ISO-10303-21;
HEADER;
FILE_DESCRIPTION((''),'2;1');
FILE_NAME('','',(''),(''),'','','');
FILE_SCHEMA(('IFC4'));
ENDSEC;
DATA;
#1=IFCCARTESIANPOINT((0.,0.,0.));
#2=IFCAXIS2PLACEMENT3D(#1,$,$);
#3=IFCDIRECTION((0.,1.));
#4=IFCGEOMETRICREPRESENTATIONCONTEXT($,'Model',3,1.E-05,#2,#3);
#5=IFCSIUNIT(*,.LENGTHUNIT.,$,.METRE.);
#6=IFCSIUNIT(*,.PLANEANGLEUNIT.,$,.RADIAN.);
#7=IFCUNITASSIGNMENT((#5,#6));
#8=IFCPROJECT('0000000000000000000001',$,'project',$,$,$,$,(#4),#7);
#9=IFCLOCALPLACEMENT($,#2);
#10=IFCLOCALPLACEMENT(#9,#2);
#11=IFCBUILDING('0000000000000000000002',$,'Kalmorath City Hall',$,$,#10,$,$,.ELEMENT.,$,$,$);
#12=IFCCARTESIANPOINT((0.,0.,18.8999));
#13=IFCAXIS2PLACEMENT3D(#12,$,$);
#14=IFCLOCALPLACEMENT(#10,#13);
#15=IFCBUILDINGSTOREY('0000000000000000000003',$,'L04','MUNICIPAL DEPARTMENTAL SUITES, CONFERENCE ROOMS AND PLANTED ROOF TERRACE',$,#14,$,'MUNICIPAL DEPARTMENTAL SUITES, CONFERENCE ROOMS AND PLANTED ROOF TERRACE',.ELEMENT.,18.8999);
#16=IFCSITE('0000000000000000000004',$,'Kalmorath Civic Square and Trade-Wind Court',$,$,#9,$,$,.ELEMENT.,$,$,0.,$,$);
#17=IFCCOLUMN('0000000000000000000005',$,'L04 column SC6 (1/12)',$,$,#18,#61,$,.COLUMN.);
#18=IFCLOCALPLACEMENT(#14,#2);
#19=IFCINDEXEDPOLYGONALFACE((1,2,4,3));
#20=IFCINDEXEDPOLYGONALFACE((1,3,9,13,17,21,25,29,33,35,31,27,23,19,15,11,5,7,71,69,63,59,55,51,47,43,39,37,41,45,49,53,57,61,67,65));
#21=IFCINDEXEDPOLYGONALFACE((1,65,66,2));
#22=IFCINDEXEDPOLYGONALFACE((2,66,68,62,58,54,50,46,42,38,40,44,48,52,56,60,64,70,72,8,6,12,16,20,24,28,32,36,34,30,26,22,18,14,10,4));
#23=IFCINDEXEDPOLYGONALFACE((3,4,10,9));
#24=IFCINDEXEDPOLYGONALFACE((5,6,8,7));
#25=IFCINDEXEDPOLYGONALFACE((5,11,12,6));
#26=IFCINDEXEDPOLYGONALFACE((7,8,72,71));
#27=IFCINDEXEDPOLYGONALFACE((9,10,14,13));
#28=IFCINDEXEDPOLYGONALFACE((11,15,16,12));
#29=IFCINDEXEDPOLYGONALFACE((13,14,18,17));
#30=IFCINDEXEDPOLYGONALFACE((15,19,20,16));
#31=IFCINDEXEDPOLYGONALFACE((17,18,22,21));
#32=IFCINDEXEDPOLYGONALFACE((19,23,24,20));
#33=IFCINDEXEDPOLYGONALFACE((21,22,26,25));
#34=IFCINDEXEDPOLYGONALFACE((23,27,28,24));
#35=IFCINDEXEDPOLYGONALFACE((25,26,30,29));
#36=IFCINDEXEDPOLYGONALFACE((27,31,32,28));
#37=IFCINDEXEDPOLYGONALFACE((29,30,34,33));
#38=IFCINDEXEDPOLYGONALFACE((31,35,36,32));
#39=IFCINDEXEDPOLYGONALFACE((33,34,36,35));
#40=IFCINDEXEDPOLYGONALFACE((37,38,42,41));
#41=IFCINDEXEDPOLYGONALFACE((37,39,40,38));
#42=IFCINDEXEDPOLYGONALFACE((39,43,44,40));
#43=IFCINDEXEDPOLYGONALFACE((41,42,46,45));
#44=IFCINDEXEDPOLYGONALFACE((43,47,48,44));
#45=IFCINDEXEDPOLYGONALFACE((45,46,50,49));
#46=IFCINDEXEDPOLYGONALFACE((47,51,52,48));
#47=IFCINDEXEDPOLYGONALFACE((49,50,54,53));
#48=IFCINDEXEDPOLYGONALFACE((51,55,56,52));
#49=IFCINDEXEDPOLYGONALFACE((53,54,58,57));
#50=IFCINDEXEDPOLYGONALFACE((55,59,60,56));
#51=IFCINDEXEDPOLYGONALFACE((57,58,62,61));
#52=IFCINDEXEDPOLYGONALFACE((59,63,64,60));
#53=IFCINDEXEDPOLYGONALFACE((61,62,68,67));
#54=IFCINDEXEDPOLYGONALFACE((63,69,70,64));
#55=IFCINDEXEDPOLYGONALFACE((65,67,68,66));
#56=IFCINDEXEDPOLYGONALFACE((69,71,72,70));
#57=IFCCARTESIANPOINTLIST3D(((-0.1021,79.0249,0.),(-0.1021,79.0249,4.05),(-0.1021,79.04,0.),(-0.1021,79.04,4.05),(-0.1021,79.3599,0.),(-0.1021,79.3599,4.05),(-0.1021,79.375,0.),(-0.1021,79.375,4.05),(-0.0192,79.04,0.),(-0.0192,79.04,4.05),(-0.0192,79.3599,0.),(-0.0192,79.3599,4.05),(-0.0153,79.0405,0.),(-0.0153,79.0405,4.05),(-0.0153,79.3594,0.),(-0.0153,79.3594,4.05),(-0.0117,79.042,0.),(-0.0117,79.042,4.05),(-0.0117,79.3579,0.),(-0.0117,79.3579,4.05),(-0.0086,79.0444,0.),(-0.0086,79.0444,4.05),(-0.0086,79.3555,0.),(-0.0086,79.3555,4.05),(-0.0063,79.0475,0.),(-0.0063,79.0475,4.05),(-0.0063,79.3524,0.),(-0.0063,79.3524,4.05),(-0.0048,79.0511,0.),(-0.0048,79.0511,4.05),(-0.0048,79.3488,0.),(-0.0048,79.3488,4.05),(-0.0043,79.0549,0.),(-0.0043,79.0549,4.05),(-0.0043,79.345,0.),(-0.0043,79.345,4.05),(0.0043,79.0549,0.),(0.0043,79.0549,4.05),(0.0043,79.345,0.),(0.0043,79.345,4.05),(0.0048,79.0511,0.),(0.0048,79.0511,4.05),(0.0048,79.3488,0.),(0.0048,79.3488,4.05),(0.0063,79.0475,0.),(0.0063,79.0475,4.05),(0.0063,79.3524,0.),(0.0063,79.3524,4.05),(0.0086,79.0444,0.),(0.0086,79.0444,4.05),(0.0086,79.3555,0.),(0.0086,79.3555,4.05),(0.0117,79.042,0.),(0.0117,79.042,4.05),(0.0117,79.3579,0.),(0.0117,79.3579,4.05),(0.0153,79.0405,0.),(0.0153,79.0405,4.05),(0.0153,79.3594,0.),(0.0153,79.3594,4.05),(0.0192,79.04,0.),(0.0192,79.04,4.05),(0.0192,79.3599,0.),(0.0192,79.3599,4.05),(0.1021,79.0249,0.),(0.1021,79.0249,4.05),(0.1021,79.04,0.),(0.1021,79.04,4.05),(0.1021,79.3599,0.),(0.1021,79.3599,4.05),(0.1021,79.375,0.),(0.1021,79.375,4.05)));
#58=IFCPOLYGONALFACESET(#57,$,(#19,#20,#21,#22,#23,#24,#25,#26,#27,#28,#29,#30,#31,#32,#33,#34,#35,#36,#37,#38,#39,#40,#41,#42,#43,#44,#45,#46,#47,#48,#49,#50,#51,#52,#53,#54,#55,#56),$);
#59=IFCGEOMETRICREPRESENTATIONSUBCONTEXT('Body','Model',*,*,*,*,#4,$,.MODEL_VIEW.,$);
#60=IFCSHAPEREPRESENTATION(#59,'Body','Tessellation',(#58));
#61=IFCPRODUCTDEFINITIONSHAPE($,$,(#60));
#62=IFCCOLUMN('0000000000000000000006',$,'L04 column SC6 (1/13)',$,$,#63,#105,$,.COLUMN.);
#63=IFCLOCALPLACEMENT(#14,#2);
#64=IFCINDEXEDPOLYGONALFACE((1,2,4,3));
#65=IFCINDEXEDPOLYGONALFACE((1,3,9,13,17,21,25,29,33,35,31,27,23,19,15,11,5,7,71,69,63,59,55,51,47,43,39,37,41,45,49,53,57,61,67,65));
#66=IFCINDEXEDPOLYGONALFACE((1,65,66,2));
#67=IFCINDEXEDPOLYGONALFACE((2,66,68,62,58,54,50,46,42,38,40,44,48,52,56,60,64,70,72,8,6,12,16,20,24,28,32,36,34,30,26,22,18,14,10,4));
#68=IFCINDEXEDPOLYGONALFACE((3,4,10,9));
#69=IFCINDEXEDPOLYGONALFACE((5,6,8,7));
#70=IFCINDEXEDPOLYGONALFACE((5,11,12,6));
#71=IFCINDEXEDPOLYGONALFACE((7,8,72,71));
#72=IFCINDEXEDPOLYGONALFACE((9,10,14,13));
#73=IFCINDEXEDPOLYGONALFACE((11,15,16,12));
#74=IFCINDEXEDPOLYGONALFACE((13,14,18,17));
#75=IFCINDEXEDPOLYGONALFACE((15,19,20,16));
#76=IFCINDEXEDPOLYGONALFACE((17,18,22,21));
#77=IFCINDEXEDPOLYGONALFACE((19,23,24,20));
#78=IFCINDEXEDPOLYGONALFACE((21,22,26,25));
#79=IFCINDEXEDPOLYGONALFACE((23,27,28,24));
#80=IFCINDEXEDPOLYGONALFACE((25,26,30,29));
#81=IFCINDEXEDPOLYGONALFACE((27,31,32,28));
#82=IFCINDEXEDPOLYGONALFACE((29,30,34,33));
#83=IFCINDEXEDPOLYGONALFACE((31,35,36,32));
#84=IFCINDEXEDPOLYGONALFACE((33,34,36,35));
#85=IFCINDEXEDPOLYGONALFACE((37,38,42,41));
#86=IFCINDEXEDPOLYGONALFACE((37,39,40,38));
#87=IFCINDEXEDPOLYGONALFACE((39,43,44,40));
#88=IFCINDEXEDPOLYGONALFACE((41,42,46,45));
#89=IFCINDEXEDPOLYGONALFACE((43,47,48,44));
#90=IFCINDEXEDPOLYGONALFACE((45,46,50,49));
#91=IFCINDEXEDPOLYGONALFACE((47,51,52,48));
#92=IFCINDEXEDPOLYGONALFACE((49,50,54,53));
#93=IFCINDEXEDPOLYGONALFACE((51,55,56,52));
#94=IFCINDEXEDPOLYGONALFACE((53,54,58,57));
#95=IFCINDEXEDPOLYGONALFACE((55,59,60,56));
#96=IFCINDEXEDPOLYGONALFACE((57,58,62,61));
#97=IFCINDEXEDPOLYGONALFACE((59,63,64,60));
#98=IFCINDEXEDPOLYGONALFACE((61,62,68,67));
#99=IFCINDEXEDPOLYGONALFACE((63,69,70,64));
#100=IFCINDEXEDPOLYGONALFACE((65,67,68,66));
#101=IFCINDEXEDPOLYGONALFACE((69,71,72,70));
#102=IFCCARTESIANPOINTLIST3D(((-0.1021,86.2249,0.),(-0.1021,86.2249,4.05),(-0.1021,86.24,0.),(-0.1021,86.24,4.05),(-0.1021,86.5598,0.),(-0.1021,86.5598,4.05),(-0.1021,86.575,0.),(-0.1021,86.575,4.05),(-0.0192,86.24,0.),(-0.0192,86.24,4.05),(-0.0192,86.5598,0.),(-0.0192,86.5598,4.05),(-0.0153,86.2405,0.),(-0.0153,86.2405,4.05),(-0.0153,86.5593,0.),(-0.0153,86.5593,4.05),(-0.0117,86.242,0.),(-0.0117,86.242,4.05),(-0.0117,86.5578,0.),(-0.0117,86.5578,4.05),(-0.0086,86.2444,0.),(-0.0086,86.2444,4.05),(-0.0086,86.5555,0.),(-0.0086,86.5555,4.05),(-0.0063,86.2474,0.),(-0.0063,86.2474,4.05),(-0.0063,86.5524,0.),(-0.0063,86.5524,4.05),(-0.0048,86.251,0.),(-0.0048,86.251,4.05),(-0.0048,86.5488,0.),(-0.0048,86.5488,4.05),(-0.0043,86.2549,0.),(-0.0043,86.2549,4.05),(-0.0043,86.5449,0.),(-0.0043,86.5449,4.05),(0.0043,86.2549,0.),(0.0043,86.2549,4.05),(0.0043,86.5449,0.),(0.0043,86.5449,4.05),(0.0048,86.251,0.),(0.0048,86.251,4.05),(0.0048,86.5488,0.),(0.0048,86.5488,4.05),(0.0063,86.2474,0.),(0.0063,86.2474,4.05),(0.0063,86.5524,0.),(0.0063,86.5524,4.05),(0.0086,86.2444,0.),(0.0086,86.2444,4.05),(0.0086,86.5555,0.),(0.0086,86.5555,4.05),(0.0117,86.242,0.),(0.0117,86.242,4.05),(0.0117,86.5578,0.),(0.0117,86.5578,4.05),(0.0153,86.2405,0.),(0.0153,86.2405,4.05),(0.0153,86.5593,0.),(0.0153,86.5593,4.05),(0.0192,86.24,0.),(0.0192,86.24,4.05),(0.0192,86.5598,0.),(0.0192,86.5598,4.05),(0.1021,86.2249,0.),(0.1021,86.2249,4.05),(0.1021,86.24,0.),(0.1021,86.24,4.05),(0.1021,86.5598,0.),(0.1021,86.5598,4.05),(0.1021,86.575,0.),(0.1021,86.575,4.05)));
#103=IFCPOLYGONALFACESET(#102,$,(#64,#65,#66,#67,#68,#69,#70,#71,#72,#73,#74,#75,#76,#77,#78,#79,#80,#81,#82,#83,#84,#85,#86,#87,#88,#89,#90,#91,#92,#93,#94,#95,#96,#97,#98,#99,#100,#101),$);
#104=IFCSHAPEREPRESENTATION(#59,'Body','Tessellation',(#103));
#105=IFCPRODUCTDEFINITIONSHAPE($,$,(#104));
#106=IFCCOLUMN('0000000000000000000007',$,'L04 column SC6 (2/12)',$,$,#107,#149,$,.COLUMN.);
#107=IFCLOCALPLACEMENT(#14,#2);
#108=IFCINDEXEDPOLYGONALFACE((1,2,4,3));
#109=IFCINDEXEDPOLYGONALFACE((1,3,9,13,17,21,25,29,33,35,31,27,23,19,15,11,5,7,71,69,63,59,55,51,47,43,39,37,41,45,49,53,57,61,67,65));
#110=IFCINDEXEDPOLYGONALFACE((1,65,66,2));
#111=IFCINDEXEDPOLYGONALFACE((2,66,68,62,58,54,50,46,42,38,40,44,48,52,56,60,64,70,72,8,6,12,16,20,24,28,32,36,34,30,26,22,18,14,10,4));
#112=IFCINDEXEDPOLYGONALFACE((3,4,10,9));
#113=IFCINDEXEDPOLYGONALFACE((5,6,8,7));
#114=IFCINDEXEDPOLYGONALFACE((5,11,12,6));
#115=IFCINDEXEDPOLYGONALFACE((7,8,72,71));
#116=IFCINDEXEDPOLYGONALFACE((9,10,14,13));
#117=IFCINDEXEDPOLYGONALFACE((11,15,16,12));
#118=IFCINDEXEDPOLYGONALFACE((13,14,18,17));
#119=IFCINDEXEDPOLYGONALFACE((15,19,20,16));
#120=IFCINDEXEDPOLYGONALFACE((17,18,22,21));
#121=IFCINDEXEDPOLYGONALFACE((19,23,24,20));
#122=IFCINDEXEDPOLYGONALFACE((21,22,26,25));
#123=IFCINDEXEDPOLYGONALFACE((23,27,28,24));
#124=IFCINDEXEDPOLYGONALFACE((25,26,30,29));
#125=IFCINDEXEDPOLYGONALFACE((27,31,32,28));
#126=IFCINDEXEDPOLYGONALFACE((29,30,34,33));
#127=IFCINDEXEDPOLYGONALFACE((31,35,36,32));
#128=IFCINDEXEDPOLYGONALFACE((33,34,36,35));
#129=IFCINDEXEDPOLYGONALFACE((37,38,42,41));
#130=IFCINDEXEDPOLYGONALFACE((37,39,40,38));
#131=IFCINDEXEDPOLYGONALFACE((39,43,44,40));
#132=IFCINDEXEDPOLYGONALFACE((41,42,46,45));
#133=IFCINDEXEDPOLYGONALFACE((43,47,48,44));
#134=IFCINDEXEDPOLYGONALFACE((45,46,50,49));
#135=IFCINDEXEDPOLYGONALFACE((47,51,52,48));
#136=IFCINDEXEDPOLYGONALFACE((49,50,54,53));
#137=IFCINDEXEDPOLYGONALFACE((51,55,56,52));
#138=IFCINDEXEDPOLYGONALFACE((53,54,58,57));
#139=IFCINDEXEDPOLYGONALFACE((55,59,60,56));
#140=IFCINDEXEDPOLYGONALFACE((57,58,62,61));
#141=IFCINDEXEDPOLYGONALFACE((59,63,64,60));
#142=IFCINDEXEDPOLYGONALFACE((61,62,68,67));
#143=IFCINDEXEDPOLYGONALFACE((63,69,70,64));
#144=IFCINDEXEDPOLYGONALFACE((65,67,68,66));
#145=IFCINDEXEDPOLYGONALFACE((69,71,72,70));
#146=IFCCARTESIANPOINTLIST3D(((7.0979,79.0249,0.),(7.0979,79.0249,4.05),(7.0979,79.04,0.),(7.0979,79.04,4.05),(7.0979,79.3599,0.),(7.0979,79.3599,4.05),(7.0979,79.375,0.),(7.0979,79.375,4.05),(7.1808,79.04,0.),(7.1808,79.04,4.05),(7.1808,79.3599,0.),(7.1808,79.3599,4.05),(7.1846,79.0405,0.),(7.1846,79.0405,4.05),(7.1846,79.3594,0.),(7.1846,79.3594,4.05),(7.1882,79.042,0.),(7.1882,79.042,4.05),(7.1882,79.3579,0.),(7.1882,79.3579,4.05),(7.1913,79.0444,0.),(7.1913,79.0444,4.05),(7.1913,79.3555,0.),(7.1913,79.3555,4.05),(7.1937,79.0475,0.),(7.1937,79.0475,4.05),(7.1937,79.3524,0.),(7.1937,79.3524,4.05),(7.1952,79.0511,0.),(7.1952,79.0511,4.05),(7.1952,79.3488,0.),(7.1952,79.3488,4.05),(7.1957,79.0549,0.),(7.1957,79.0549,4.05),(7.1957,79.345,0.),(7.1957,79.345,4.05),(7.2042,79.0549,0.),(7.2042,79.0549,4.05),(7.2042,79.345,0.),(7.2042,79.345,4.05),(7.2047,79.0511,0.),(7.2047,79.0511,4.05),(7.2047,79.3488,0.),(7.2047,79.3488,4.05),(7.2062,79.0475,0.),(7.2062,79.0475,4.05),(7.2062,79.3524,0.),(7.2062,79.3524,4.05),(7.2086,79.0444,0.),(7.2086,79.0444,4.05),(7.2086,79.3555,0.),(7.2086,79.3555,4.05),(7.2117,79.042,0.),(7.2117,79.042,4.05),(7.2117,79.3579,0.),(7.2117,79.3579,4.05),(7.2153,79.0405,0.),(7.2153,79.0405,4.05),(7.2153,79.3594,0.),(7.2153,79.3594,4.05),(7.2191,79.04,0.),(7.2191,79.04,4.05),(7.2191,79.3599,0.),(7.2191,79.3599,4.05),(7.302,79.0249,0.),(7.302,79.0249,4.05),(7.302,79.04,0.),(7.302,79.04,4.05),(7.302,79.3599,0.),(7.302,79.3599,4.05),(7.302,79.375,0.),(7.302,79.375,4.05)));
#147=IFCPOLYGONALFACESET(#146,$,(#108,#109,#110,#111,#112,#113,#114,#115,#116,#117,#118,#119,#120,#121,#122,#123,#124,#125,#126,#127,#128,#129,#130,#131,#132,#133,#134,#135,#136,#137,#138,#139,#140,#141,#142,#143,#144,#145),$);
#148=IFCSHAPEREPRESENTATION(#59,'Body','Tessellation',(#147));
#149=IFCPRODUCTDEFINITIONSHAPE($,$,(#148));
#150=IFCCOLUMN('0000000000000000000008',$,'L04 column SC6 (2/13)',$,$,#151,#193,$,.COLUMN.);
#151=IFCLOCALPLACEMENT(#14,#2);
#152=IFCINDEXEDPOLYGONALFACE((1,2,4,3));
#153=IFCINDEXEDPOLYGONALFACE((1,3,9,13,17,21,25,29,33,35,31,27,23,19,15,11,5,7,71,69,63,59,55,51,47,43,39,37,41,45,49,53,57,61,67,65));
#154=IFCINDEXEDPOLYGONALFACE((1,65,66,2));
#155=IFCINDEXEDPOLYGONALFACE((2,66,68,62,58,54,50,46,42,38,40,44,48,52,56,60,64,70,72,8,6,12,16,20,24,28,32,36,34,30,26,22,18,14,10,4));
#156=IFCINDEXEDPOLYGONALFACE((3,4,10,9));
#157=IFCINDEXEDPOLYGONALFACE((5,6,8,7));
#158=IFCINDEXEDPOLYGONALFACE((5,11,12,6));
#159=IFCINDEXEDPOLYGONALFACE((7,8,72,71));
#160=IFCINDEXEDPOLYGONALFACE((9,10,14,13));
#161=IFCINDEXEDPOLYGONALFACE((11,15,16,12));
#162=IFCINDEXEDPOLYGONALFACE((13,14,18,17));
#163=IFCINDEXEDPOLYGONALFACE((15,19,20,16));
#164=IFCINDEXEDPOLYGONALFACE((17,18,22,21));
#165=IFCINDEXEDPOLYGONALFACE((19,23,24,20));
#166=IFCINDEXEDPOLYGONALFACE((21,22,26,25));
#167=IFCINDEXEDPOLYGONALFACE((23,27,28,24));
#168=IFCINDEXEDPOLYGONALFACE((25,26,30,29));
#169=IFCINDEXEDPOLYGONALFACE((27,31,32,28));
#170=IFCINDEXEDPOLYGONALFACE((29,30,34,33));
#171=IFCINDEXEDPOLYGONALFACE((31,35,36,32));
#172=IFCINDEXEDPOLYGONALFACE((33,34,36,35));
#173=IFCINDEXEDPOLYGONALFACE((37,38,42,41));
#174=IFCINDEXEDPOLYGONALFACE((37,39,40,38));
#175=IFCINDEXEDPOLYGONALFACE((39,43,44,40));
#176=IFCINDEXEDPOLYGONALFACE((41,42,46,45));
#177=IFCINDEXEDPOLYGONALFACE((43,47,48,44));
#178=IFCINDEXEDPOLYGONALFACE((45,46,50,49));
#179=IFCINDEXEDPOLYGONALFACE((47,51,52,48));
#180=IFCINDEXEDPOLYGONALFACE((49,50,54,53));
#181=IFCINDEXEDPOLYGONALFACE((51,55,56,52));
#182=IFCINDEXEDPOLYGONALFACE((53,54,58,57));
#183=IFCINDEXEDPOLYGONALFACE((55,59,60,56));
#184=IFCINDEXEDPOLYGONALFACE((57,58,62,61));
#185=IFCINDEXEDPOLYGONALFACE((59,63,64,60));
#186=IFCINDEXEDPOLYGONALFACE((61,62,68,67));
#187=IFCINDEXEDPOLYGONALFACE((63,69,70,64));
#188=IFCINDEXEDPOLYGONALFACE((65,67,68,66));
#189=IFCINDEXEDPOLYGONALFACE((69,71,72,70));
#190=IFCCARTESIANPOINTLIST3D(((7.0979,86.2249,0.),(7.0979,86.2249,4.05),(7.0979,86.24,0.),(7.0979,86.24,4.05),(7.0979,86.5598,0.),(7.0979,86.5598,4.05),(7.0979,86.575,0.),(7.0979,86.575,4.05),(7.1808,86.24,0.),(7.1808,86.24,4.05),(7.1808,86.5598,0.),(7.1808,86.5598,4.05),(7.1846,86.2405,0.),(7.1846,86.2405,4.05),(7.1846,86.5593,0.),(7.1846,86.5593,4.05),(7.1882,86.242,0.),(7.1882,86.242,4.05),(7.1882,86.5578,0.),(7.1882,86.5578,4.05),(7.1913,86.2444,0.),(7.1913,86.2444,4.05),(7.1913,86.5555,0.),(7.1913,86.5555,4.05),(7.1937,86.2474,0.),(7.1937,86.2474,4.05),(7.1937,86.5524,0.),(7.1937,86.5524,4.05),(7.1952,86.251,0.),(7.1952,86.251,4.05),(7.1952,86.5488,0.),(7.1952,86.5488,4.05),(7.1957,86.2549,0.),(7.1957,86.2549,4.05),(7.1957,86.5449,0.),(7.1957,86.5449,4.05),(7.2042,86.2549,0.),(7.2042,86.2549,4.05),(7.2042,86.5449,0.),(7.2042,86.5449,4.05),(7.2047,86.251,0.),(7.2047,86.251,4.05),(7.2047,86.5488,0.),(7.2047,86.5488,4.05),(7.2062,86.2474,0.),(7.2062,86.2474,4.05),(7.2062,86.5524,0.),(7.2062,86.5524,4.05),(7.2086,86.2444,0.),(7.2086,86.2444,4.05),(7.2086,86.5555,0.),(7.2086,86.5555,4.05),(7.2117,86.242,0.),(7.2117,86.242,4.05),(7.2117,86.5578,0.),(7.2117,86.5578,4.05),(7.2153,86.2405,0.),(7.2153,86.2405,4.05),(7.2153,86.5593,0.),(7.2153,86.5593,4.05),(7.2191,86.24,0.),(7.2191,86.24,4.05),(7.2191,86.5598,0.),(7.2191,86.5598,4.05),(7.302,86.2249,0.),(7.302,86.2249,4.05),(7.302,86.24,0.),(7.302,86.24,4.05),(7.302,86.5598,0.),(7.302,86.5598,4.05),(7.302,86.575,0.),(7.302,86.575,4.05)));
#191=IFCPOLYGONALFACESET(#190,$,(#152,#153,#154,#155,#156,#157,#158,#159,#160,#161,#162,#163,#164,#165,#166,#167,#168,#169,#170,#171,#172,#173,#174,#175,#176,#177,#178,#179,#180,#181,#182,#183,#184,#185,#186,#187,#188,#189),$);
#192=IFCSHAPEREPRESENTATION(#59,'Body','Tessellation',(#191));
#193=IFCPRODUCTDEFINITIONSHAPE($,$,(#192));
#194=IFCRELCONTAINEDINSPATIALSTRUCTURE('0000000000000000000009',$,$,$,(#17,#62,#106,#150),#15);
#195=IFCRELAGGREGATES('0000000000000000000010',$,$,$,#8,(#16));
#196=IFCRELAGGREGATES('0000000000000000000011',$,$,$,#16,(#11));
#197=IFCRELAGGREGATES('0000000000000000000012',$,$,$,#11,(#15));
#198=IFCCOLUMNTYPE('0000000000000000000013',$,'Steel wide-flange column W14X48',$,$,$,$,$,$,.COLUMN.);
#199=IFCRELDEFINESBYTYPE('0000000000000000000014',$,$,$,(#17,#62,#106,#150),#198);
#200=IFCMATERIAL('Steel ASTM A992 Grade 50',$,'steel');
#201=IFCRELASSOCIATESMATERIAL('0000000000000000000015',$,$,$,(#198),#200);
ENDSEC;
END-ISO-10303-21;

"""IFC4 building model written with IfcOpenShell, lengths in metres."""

from ifc_helpers import new_model, si_unit, direction, frame, origin, origin_2d, place, context, subcontext, project, spatial, i_section, extrude, material, material_profile, profile_set, type_object, element, save


model = new_model("IFC4")

# Units and contexts
model_context = context("Model", 3, precision=1e-05, world=origin(), true_north=direction((0.0, 1.0)))
body_context = subcontext(model_context, "Body", "Model", "MODEL_VIEW")
ifc_project = project(units=[si_unit("LENGTHUNIT", "METRE"), si_unit("PLANEANGLEUNIT", "RADIAN")], contexts=[model_context])

# Site, building, storey
site_placement = place(None, origin())
site = spatial("IfcSite", under=ifc_project, at=site_placement, Name="Kalmorath Civic Square and Trade-Wind Court", CompositionType="ELEMENT", RefElevation=0.0)
building_placement = place(site_placement, origin())
building = spatial("IfcBuilding", under=site, at=building_placement, Name="Kalmorath City Hall", CompositionType="ELEMENT")
storey_placement = place(building_placement, frame((0.0, 0.0, 18.8999)))
storey = spatial("IfcBuildingStorey", under=building, at=storey_placement, Name="L04", Description="MUNICIPAL DEPARTMENTAL SUITES, CONFERENCE ROOMS AND PLANTED ROOF TERRACE", LongName="MUNICIPAL DEPARTMENTAL SUITES, CONFERENCE ROOMS AND PLANTED ROOF TERRACE", CompositionType="ELEMENT", Elevation=18.8999)

# Columns
ifc_material_1 = material(Name="Steel ASTM A992 Grade 50", Category="steel")
ifc_material_profile_1 = material_profile(ifc_material_1, i_section(OverallWidth=0.2041, OverallDepth=0.3501, WebThickness=0.0085, FlangeThickness=0.0151, FilletRadius=0.0149, at=origin_2d()), Name="W14X48")
ifc_profile_set_1 = profile_set([ifc_material_profile_1], Name="Steel ASTM A992 Grade 50")
column_type = type_object("IfcColumnType", Name="Steel wide-flange column W14X48", PredefinedType="COLUMN", material=ifc_profile_set_1)
for number, where, z_axis, x_axis, name in (
    (1, (0.0, 79.2, 0.0), (0.0, 0.0, 1.0), (1.0, 0.0, 0.0), "L04 column SC6 (1/12)"),
    (2, (0.0, 86.3999, 0.0), (0.0, 0.0, 1.0), (1.0, 0.0, 0.0), "L04 column SC6 (1/13)"),
    (3, (7.2, 79.2, 0.0), (0.0, 0.0, 1.0), (1.0, 0.0, 0.0), "L04 column SC6 (2/12)"),
    (4, (7.2, 86.3999, 0.0), (0.0, 0.0, 1.0), (1.0, 0.0, 0.0), "L04 column SC6 (2/13)"),
):
    element("IfcColumn", number, at=place(storey_placement, frame(where, z_axis=z_axis, x_axis=x_axis)), inside=storey, type_object=column_type, Name=name, PredefinedType="COLUMN", context=body_context, shape_type="SweptSolid", body=[
        extrude(i_section(OverallWidth=0.2041, OverallDepth=0.3501, WebThickness=0.0085, FlangeThickness=0.0151, FilletRadius=0.0149, at=origin_2d()), origin(), (0.0, 0.0, 1.0), 4.05),
    ])

save(model, "model.ifc")
